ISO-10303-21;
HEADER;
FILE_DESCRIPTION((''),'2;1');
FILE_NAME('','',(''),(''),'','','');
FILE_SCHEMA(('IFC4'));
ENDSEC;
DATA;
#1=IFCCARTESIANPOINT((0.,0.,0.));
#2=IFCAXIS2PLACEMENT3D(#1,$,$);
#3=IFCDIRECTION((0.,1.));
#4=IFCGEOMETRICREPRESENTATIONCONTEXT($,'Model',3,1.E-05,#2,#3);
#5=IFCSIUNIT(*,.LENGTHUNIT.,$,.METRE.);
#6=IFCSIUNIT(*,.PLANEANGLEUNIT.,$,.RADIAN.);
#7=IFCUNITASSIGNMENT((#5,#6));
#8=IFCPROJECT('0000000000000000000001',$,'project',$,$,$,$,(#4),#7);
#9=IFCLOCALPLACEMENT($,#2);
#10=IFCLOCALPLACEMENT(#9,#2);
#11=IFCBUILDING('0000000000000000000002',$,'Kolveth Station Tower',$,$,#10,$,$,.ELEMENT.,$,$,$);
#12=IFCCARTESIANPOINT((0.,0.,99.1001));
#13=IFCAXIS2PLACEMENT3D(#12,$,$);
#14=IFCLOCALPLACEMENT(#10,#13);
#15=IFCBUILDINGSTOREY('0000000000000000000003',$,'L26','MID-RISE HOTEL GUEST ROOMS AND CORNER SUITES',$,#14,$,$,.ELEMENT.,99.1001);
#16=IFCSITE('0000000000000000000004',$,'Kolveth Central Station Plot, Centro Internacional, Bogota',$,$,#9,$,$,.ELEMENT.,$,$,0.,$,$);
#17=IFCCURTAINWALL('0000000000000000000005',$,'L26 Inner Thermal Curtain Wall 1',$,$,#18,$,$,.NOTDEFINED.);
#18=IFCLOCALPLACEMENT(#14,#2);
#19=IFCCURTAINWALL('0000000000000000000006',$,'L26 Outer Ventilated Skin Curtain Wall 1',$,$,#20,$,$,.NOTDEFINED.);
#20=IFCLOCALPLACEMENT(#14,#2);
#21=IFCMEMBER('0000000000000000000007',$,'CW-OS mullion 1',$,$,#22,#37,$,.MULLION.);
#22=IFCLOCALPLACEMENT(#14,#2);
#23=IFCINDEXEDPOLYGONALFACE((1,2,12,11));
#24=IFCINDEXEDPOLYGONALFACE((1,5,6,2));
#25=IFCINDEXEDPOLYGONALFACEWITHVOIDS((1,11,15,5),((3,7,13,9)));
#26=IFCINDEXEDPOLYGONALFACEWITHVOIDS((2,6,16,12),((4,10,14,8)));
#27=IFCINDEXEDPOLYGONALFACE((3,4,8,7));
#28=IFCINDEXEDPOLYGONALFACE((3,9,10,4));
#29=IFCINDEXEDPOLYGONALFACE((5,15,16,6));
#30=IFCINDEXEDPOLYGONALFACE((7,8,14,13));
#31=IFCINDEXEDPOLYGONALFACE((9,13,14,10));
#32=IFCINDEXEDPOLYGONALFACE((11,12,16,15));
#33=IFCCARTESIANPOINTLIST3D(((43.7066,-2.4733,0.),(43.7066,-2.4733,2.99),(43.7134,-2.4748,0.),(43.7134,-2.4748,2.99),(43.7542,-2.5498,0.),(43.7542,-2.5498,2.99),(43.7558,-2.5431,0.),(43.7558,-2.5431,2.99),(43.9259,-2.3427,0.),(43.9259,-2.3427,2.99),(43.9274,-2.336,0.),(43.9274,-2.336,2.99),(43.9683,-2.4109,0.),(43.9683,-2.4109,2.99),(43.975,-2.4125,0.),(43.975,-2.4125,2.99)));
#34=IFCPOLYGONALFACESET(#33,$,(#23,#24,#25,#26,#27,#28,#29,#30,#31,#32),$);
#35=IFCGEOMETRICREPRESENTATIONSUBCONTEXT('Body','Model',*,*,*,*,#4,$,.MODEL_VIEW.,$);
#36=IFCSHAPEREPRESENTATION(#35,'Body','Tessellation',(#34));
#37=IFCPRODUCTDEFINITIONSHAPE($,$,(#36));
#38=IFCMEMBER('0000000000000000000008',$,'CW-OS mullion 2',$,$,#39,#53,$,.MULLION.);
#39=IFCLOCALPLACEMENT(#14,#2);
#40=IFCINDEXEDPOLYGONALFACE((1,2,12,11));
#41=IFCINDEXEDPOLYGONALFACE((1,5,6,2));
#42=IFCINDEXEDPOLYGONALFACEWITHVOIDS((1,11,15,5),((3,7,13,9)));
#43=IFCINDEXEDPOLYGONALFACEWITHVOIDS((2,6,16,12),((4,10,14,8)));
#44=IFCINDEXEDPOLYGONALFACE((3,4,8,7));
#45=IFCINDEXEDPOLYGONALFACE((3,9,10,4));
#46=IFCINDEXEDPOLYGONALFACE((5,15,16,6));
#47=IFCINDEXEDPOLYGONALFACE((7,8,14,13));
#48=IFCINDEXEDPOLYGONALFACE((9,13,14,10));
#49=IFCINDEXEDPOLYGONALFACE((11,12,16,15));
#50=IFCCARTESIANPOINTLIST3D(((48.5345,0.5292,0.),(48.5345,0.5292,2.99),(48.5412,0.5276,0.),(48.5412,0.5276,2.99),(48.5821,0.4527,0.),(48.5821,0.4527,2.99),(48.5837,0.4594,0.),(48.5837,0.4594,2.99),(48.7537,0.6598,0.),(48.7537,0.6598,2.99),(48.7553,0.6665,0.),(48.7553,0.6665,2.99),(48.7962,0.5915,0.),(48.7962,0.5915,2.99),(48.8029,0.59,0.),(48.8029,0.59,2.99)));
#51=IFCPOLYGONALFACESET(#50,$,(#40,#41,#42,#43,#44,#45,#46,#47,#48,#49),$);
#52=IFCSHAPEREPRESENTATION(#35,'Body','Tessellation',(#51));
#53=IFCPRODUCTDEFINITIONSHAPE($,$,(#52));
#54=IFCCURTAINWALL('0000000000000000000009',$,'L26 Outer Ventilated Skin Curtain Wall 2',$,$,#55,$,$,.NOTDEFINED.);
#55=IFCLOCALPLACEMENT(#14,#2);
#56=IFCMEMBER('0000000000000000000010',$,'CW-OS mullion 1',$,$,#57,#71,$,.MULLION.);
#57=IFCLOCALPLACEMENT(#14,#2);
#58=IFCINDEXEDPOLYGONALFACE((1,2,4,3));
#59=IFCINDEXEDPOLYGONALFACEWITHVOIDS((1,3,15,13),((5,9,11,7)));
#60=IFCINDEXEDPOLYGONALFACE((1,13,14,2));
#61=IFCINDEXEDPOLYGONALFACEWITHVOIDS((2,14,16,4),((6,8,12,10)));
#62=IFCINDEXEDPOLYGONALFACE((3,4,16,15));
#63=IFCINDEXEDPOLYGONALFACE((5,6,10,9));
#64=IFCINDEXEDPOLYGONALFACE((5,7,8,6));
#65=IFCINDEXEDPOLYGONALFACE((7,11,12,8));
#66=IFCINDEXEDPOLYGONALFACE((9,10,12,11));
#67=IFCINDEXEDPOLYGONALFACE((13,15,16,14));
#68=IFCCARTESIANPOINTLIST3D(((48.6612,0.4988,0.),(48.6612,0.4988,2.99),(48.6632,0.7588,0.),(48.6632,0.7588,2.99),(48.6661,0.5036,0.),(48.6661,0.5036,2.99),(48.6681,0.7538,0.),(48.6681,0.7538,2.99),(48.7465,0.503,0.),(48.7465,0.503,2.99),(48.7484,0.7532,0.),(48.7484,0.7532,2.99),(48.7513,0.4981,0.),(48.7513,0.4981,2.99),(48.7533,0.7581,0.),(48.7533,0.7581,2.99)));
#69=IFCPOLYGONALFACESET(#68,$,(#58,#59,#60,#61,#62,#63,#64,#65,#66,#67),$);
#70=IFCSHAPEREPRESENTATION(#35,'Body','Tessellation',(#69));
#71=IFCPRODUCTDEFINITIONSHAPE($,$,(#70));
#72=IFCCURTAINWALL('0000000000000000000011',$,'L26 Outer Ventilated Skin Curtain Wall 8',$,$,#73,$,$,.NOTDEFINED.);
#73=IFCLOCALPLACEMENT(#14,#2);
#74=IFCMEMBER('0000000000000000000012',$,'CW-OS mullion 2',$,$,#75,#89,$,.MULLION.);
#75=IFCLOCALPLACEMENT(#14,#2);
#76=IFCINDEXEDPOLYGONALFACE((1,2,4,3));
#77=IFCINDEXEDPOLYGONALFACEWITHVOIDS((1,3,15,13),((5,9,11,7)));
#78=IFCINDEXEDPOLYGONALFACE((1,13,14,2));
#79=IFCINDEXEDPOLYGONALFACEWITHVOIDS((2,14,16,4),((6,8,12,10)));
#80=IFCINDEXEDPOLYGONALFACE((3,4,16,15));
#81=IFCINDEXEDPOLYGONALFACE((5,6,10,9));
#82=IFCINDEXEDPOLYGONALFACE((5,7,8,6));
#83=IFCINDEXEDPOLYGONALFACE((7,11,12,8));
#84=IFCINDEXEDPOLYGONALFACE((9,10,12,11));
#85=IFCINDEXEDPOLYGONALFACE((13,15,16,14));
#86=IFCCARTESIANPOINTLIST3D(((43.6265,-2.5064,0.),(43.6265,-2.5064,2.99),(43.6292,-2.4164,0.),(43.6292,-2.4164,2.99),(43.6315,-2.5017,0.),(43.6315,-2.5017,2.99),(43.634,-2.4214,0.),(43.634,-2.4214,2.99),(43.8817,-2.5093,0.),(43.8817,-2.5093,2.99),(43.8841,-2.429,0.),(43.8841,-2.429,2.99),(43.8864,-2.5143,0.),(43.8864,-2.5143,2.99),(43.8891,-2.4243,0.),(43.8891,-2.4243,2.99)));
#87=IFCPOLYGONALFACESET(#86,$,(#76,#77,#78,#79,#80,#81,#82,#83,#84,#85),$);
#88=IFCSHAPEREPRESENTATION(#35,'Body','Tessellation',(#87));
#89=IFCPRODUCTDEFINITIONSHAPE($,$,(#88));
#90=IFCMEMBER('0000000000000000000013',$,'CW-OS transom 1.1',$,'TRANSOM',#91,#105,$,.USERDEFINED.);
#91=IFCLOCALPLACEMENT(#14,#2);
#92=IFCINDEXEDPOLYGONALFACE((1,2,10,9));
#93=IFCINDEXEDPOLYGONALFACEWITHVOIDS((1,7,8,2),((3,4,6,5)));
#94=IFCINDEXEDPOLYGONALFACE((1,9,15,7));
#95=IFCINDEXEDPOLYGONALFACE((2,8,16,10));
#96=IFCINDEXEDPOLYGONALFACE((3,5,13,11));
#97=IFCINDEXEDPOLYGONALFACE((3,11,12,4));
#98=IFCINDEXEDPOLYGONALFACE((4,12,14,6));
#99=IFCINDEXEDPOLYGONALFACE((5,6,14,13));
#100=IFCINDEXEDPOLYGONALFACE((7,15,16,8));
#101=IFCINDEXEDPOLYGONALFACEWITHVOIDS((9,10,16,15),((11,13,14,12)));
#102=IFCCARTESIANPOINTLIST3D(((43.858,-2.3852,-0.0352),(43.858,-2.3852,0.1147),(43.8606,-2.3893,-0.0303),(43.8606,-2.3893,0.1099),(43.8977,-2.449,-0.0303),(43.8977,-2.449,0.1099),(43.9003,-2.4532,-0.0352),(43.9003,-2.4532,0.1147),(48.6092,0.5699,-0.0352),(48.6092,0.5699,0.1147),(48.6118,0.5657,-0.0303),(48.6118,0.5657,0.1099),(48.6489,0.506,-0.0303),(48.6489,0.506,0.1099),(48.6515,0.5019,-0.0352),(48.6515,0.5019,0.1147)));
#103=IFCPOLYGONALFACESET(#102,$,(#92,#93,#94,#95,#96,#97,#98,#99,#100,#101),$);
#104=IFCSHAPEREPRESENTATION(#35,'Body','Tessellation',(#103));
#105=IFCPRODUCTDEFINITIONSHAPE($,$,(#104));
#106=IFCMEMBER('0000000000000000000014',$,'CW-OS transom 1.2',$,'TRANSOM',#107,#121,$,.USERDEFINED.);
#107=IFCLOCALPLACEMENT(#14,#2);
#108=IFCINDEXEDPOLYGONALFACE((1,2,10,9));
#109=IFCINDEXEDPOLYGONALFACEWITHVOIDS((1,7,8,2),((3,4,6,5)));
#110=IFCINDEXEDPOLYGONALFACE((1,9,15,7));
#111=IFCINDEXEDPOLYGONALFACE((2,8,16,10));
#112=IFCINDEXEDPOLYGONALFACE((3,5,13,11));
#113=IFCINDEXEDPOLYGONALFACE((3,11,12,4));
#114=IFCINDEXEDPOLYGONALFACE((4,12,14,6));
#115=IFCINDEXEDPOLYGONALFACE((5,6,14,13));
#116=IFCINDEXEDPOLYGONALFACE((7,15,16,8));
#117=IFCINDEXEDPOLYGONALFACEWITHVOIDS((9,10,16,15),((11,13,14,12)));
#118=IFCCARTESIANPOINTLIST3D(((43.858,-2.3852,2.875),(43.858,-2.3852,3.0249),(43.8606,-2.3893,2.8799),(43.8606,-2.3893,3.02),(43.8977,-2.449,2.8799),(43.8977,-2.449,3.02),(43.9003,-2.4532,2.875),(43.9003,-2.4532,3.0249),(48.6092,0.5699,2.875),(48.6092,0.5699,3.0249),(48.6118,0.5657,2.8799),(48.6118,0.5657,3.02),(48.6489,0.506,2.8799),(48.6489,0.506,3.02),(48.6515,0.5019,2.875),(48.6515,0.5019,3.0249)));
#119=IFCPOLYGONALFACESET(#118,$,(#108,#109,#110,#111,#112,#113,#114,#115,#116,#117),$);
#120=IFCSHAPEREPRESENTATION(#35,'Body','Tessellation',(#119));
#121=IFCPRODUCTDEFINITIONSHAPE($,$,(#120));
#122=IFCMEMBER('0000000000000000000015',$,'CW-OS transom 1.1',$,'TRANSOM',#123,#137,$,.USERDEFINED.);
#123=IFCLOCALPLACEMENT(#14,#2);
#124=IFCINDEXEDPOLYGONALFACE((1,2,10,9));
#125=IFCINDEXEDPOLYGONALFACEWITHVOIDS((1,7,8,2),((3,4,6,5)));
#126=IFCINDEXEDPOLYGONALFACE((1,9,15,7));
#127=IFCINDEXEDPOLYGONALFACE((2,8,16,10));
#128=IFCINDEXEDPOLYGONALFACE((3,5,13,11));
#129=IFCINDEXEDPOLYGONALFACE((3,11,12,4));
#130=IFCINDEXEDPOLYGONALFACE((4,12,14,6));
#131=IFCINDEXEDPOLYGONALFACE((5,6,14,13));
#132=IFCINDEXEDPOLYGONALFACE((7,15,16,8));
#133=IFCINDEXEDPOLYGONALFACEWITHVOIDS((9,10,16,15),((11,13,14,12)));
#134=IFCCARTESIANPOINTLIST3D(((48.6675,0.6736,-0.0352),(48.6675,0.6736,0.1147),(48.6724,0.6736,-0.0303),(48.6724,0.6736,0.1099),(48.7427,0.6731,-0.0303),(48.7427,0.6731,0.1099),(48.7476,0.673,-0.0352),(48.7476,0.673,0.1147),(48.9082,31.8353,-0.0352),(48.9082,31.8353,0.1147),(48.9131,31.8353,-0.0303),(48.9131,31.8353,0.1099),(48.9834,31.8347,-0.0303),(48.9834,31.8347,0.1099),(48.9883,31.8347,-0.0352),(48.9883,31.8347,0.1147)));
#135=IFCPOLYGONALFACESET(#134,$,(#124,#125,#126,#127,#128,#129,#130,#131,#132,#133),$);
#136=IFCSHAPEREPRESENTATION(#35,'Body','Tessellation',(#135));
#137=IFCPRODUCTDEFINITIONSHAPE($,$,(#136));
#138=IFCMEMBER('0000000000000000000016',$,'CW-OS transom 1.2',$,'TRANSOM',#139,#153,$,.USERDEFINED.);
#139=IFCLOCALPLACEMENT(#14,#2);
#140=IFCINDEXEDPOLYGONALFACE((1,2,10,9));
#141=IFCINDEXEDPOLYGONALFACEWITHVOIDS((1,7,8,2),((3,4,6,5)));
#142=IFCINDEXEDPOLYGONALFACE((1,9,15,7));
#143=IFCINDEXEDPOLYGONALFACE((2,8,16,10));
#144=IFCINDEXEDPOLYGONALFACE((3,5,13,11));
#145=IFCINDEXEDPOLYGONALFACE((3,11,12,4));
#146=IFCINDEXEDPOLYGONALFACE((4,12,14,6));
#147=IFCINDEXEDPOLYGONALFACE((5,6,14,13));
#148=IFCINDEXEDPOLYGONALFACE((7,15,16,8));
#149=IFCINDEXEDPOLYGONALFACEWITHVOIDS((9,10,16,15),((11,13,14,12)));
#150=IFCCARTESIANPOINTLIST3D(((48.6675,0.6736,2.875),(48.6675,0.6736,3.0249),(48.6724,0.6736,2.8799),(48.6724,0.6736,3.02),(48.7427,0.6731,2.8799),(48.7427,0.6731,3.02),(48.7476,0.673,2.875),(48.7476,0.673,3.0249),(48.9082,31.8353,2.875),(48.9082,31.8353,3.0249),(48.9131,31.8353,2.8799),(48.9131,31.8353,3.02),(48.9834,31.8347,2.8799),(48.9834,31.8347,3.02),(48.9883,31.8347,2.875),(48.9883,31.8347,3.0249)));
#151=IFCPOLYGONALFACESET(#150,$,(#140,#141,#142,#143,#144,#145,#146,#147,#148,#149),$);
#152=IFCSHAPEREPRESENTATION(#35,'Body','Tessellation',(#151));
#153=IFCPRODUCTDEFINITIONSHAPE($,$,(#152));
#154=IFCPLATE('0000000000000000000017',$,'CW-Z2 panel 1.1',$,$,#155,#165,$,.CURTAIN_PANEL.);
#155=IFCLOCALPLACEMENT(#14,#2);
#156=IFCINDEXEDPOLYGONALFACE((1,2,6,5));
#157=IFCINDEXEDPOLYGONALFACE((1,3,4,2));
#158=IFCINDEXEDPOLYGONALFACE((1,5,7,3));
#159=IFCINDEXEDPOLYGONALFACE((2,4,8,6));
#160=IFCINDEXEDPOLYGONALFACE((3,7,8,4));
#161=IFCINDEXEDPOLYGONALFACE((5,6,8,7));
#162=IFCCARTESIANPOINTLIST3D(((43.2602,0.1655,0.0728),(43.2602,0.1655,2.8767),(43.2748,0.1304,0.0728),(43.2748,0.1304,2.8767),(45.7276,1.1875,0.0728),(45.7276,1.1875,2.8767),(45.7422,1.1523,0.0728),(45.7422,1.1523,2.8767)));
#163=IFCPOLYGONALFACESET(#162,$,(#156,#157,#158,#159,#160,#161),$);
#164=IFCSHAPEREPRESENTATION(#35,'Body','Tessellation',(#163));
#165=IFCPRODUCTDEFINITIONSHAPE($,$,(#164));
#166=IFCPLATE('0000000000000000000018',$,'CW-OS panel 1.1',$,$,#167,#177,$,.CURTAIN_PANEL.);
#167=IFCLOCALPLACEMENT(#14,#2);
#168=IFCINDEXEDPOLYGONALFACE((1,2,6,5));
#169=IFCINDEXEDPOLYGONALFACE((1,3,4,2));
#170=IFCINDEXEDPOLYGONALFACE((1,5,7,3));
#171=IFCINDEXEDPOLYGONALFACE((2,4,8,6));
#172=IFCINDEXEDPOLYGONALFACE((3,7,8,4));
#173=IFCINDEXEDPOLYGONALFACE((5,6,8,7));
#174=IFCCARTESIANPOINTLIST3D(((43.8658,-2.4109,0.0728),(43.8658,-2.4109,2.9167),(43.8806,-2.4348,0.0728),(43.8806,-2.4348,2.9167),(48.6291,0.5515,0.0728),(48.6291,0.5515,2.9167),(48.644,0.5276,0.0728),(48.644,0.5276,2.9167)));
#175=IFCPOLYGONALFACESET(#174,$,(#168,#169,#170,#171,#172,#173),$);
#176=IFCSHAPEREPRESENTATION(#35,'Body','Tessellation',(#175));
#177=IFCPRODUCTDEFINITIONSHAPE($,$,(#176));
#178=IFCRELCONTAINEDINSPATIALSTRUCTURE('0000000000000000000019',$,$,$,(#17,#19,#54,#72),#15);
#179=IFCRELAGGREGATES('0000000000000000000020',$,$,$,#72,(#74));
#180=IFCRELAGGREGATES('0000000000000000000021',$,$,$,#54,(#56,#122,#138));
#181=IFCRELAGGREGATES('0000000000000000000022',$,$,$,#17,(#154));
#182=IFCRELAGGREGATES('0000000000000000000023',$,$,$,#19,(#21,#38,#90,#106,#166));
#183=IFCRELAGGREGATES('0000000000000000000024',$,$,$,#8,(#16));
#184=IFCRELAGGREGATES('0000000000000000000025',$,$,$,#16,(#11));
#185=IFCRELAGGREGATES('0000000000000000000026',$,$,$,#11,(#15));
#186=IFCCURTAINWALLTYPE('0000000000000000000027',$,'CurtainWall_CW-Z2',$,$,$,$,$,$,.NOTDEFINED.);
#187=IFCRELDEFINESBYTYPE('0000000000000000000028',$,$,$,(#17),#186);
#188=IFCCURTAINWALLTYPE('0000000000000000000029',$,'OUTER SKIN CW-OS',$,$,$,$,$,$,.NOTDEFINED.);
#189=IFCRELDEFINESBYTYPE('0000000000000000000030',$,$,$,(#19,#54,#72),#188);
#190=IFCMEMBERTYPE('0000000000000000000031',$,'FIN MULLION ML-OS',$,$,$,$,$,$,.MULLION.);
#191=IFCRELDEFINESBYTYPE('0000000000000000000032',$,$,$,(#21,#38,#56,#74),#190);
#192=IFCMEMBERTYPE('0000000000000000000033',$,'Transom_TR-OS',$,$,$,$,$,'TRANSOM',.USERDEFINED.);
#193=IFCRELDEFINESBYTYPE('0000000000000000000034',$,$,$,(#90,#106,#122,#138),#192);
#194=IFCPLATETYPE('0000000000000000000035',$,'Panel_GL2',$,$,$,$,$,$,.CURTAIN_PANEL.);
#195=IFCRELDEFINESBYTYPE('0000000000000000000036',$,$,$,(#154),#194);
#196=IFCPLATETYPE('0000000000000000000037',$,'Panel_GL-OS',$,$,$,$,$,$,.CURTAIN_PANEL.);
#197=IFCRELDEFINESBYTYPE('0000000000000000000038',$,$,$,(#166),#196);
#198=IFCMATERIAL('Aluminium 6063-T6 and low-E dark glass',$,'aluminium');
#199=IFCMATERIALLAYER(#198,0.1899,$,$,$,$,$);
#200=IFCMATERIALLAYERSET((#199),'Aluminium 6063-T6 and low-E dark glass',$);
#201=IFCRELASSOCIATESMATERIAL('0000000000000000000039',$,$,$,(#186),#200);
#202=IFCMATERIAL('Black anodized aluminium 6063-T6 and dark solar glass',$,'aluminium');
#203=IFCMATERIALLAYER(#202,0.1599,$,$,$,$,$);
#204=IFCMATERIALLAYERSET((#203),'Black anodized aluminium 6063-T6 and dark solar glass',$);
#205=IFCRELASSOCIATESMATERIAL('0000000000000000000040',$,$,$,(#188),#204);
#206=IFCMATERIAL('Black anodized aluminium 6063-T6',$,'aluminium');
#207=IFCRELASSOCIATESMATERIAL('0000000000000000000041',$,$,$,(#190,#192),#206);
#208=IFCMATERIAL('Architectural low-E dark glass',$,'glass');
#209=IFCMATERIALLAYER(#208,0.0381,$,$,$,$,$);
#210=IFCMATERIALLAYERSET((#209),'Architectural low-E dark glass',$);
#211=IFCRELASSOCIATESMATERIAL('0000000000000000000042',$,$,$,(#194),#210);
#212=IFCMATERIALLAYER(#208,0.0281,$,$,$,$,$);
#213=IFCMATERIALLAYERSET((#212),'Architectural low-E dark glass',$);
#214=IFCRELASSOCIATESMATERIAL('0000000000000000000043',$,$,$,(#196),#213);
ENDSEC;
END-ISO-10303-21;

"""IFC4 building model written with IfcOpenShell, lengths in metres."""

from ifc_helpers import new_model, si_unit, direction, frame, origin, origin_2d, place, context, subcontext, project, spatial, rectangle, hollow_rectangle, extrude, source, transform, mapped, material, layer, layer_set, material_profile, profile_set, type_object, element, aggregate, save


model = new_model("IFC4")

# Units and contexts
model_context = context("Model", 3, precision=1e-05, world=origin(), true_north=direction((0.0, 1.0)))
body_context = subcontext(model_context, "Body", "Model", "MODEL_VIEW")
ifc_project = project(units=[si_unit("LENGTHUNIT", "METRE"), si_unit("PLANEANGLEUNIT", "RADIAN")], contexts=[model_context])

# Site, building, storey
site_placement = place(None, origin())
site = spatial("IfcSite", under=ifc_project, at=site_placement, Name="Kolveth Central Station Plot, Centro Internacional, Bogota", CompositionType="ELEMENT", RefElevation=0.0)
building_placement = place(site_placement, origin())
building = spatial("IfcBuilding", under=site, at=building_placement, Name="Kolveth Station Tower", CompositionType="ELEMENT")
storey_placement = place(building_placement, frame((0.0, 0.0, 99.1001)))
storey = spatial("IfcBuildingStorey", under=building, at=storey_placement, Name="L26", Description="MID-RISE HOTEL GUEST ROOMS AND CORNER SUITES", CompositionType="ELEMENT", Elevation=99.1001)

# Curtain wall
ifc_material_1 = material(Name="Aluminium 6063-T6 and low-E dark glass", Category="aluminium")
ifc_layer_1 = layer(ifc_material_1, 0.1899)
ifc_layer_set_1 = layer_set([ifc_layer_1], Name="Aluminium 6063-T6 and low-E dark glass")
curtain_wall_type_1 = type_object("IfcCurtainWallType", Name="CurtainWall_CW-Z2", PredefinedType="NOTDEFINED", material=ifc_layer_set_1)
curtain_wall_1_placement = place(storey_placement, origin())
curtain_wall_1 = element("IfcCurtainWall", 1, at=curtain_wall_1_placement, inside=storey, type_object=curtain_wall_type_1, Name="L26 Inner Thermal Curtain Wall 1", PredefinedType="NOTDEFINED")
ifc_material_2 = material(Name="Black anodized aluminium 6063-T6", Category="aluminium")

# Curtain wall, members
ifc_material_3 = material(Name="Black anodized aluminium 6063-T6 and dark solar glass", Category="aluminium")
ifc_layer_2 = layer(ifc_material_3, 0.1599)
ifc_layer_set_2 = layer_set([ifc_layer_2], Name="Black anodized aluminium 6063-T6 and dark solar glass")
curtain_wall_type_2 = type_object("IfcCurtainWallType", Name="OUTER SKIN CW-OS", PredefinedType="NOTDEFINED", material=ifc_layer_set_2)
curtain_wall_2_placement = place(storey_placement, origin())
curtain_wall_2 = element("IfcCurtainWall", 2, at=curtain_wall_2_placement, inside=storey, type_object=curtain_wall_type_2, Name="L26 Outer Ventilated Skin Curtain Wall 1", PredefinedType="NOTDEFINED")
ifc_material_profile_1 = material_profile(ifc_material_2, hollow_rectangle(XDim=0.0901, YDim=0.26, WallThickness=0.0049, at=origin_2d()), Name="ALU-90x260x5")
ifc_profile_set_1 = profile_set([ifc_material_profile_1], Name="Black anodized aluminium 6063-T6")
member_type_1 = type_object("IfcMemberType", Name="FIN MULLION ML-OS", PredefinedType="MULLION", material=ifc_profile_set_1)
shared_shape_1 = source(origin(), body_context, "Body", "SweptSolid", [
    extrude(hollow_rectangle(XDim=0.0901, YDim=0.26, WallThickness=0.0049, at=origin_2d()), origin(), (0.0, 0.0, 1.0), 2.99),
])
member_1_placement = place(storey_placement, frame((43.8408, -2.4429, 0.0), z_axis=(0.0, 0.0, 1.0), x_axis=(-0.528114, 0.849173, 0.0)))
member_1 = element("IfcMember", 3, at=member_1_placement, type_object=member_type_1, Name="CW-OS mullion 1", PredefinedType="MULLION", context=body_context, shape_type="MappedRepresentation", body=[
    mapped(shared_shape_1, transform((0.0, 0.0, 0.0), x_axis=(1.0, 0.0, 0.0), y_axis=(0.0, 1.0, 0.0), z_axis=(0.0, 0.0, 1.0), scale=1.0)),
])
member_2_placement = place(storey_placement, frame((48.6687, 0.5596, 0.0), z_axis=(0.0, 0.0, 1.0), x_axis=(-0.528114, 0.849173, 0.0)))
member_2 = element("IfcMember", 4, at=member_2_placement, type_object=member_type_1, Name="CW-OS mullion 2", PredefinedType="MULLION", context=body_context, shape_type="MappedRepresentation", body=[
    mapped(shared_shape_1, transform((0.0, 0.0, 0.0), x_axis=(1.0, 0.0, 0.0), y_axis=(0.0, 1.0, 0.0), z_axis=(0.0, 0.0, 1.0), scale=1.0)),
])

# Curtain walls, members
curtain_wall_3_placement = place(storey_placement, origin())
curtain_wall_3 = element("IfcCurtainWall", 5, at=curtain_wall_3_placement, inside=storey, type_object=curtain_wall_type_2, Name="L26 Outer Ventilated Skin Curtain Wall 2", PredefinedType="NOTDEFINED")
member_3_placement = place(storey_placement, frame((48.7073, 0.6284, 0.0), z_axis=(0.0, 0.0, 1.0), x_axis=(-0.99997, 0.007721, 0.0)))
member_3 = element("IfcMember", 6, at=member_3_placement, type_object=member_type_1, Name="CW-OS mullion 1", PredefinedType="MULLION", context=body_context, shape_type="MappedRepresentation", body=[
    mapped(shared_shape_1, transform((0.0, 0.0, 0.0), x_axis=(1.0, 0.0, 0.0), y_axis=(0.0, 1.0, 0.0), z_axis=(0.0, 0.0, 1.0), scale=1.0)),
])
curtain_wall_4_placement = place(storey_placement, origin())
curtain_wall_4 = element("IfcCurtainWall", 7, at=curtain_wall_4_placement, inside=storey, type_object=curtain_wall_type_2, Name="L26 Outer Ventilated Skin Curtain Wall 8", PredefinedType="NOTDEFINED")
member_4_placement = place(storey_placement, frame((43.7578, -2.4653, 0.0), z_axis=(0.0, 0.0, 1.0), x_axis=(0.030348, 0.999539, 0.0)))
member_4 = element("IfcMember", 8, at=member_4_placement, type_object=member_type_1, Name="CW-OS mullion 2", PredefinedType="MULLION", context=body_context, shape_type="MappedRepresentation", body=[
    mapped(shared_shape_1, transform((0.0, 0.0, 0.0), x_axis=(1.0, 0.0, 0.0), y_axis=(0.0, 1.0, 0.0), z_axis=(0.0, 0.0, 1.0), scale=1.0)),
])
aggregate(curtain_wall_4, [member_4])

# Members
ifc_material_profile_2 = material_profile(ifc_material_2, hollow_rectangle(XDim=0.0801, YDim=0.1499, WallThickness=0.0049, at=origin_2d()), Name="ALU-80x150x5")
ifc_profile_set_2 = profile_set([ifc_material_profile_2], Name="Black anodized aluminium 6063-T6")
member_type_2 = type_object("IfcMemberType", Name="Transom_TR-OS", ElementType="TRANSOM", PredefinedType="USERDEFINED", material=ifc_profile_set_2)
shared_shape_2 = source(origin(), body_context, "Body", "SweptSolid", [
    extrude(hollow_rectangle(XDim=0.0801, YDim=0.1499, WallThickness=0.0049, at=origin_2d()), origin(), (0.0, 0.0, 1.0), 5.5952),
])
member_5_placement = place(storey_placement, frame((43.8792, -2.4192, 0.0398), z_axis=(0.849156, 0.528143, 0.0), x_axis=(-0.528143, 0.849156, 0.0)))
member_5 = element("IfcMember", 9, at=member_5_placement, type_object=member_type_2, Name="CW-OS transom 1.1", ObjectType="TRANSOM", PredefinedType="USERDEFINED", context=body_context, shape_type="MappedRepresentation", body=[
    mapped(shared_shape_2, transform((0.0, 0.0, 0.0), x_axis=(1.0, 0.0, 0.0), y_axis=(0.0, 1.0, 0.0), z_axis=(0.0, 0.0, 1.0), scale=1.0)),
])
member_6_placement = place(storey_placement, frame((43.8792, -2.4192, 2.95), z_axis=(0.849156, 0.528143, 0.0), x_axis=(-0.528143, 0.849156, 0.0)))
member_6 = element("IfcMember", 10, at=member_6_placement, type_object=member_type_2, Name="CW-OS transom 1.2", ObjectType="TRANSOM", PredefinedType="USERDEFINED", context=body_context, shape_type="MappedRepresentation", body=[
    mapped(shared_shape_2, transform((0.0, 0.0, 0.0), x_axis=(1.0, 0.0, 0.0), y_axis=(0.0, 1.0, 0.0), z_axis=(0.0, 0.0, 1.0), scale=1.0)),
])
shared_shape_3 = source(origin(), body_context, "Body", "SweptSolid", [
    extrude(hollow_rectangle(XDim=0.0801, YDim=0.1499, WallThickness=0.0049, at=origin_2d()), origin(), (0.0, 0.0, 1.0), 31.1626),
])
member_7_placement = place(storey_placement, frame((48.7075, 0.6733, 0.0398), z_axis=(0.007725, 0.99997, 0.0), x_axis=(-0.99997, 0.007725, 0.0)))
member_7 = element("IfcMember", 11, at=member_7_placement, type_object=member_type_2, Name="CW-OS transom 1.1", ObjectType="TRANSOM", PredefinedType="USERDEFINED", context=body_context, shape_type="MappedRepresentation", body=[
    mapped(shared_shape_3, transform((0.0, 0.0, 0.0), x_axis=(1.0, 0.0, 0.0), y_axis=(0.0, 1.0, 0.0), z_axis=(0.0, 0.0, 1.0), scale=1.0)),
])
member_8_placement = place(storey_placement, frame((48.7075, 0.6733, 2.95), z_axis=(0.007725, 0.99997, 0.0), x_axis=(-0.99997, 0.007725, 0.0)))
member_8 = element("IfcMember", 12, at=member_8_placement, type_object=member_type_2, Name="CW-OS transom 1.2", ObjectType="TRANSOM", PredefinedType="USERDEFINED", context=body_context, shape_type="MappedRepresentation", body=[
    mapped(shared_shape_3, transform((0.0, 0.0, 0.0), x_axis=(1.0, 0.0, 0.0), y_axis=(0.0, 1.0, 0.0), z_axis=(0.0, 0.0, 1.0), scale=1.0)),
])
aggregate(curtain_wall_3, [member_3, member_7, member_8])

# Plates
ifc_material_4 = material(Name="Architectural low-E dark glass", Category="glass")
ifc_layer_3 = layer(ifc_material_4, 0.0381)
ifc_layer_set_3 = layer_set([ifc_layer_3], Name="Architectural low-E dark glass")
plate_type_1 = type_object("IfcPlateType", Name="Panel_GL2", PredefinedType="CURTAIN_PANEL", material=ifc_layer_set_3)
shared_shape_4 = source(origin(), body_context, "Body", "SweptSolid", [
    extrude(rectangle(XDim=2.6707, YDim=0.0381, at=origin_2d()), origin(), (0.0, 0.0, 1.0), 2.804),
])
plate_1_placement = place(storey_placement, frame((44.5012, 0.6589, 0.0728), z_axis=(0.0, 0.0, 1.0), x_axis=(0.923888, 0.382663, 0.0)))
plate_1 = element("IfcPlate", 13, at=plate_1_placement, type_object=plate_type_1, Name="CW-Z2 panel 1.1", PredefinedType="CURTAIN_PANEL", context=body_context, shape_type="MappedRepresentation", body=[
    mapped(shared_shape_4, transform((0.0, 0.0, 0.0), x_axis=(1.0, 0.0, 0.0), y_axis=(0.0, 1.0, 0.0), z_axis=(0.0, 0.0, 1.0), scale=1.0)),
])
aggregate(curtain_wall_1, [plate_1])
ifc_layer_4 = layer(ifc_material_4, 0.0281)
ifc_layer_set_4 = layer_set([ifc_layer_4], Name="Architectural low-E dark glass")
plate_type_2 = type_object("IfcPlateType", Name="Panel_GL-OS", PredefinedType="CURTAIN_PANEL", material=ifc_layer_set_4)
shared_shape_5 = source(origin(), body_context, "Body", "SweptSolid", [
    extrude(rectangle(XDim=5.6094, YDim=0.0281, at=origin_2d()), origin(), (0.0, 0.0, 1.0), 2.844),
])
plate_2_placement = place(storey_placement, frame((46.2549, -0.9417, 0.0728), z_axis=(0.0, 0.0, 1.0), x_axis=(0.849173, 0.528114, 0.0)))
plate_2 = element("IfcPlate", 14, at=plate_2_placement, type_object=plate_type_2, Name="CW-OS panel 1.1", PredefinedType="CURTAIN_PANEL", context=body_context, shape_type="MappedRepresentation", body=[
    mapped(shared_shape_5, transform((0.0, 0.0, 0.0), x_axis=(1.0, 0.0, 0.0), y_axis=(0.0, 1.0, 0.0), z_axis=(0.0, 0.0, 1.0), scale=1.0)),
])
aggregate(curtain_wall_2, [member_1, member_2, member_5, member_6, plate_2])

save(model, "model.ifc")
